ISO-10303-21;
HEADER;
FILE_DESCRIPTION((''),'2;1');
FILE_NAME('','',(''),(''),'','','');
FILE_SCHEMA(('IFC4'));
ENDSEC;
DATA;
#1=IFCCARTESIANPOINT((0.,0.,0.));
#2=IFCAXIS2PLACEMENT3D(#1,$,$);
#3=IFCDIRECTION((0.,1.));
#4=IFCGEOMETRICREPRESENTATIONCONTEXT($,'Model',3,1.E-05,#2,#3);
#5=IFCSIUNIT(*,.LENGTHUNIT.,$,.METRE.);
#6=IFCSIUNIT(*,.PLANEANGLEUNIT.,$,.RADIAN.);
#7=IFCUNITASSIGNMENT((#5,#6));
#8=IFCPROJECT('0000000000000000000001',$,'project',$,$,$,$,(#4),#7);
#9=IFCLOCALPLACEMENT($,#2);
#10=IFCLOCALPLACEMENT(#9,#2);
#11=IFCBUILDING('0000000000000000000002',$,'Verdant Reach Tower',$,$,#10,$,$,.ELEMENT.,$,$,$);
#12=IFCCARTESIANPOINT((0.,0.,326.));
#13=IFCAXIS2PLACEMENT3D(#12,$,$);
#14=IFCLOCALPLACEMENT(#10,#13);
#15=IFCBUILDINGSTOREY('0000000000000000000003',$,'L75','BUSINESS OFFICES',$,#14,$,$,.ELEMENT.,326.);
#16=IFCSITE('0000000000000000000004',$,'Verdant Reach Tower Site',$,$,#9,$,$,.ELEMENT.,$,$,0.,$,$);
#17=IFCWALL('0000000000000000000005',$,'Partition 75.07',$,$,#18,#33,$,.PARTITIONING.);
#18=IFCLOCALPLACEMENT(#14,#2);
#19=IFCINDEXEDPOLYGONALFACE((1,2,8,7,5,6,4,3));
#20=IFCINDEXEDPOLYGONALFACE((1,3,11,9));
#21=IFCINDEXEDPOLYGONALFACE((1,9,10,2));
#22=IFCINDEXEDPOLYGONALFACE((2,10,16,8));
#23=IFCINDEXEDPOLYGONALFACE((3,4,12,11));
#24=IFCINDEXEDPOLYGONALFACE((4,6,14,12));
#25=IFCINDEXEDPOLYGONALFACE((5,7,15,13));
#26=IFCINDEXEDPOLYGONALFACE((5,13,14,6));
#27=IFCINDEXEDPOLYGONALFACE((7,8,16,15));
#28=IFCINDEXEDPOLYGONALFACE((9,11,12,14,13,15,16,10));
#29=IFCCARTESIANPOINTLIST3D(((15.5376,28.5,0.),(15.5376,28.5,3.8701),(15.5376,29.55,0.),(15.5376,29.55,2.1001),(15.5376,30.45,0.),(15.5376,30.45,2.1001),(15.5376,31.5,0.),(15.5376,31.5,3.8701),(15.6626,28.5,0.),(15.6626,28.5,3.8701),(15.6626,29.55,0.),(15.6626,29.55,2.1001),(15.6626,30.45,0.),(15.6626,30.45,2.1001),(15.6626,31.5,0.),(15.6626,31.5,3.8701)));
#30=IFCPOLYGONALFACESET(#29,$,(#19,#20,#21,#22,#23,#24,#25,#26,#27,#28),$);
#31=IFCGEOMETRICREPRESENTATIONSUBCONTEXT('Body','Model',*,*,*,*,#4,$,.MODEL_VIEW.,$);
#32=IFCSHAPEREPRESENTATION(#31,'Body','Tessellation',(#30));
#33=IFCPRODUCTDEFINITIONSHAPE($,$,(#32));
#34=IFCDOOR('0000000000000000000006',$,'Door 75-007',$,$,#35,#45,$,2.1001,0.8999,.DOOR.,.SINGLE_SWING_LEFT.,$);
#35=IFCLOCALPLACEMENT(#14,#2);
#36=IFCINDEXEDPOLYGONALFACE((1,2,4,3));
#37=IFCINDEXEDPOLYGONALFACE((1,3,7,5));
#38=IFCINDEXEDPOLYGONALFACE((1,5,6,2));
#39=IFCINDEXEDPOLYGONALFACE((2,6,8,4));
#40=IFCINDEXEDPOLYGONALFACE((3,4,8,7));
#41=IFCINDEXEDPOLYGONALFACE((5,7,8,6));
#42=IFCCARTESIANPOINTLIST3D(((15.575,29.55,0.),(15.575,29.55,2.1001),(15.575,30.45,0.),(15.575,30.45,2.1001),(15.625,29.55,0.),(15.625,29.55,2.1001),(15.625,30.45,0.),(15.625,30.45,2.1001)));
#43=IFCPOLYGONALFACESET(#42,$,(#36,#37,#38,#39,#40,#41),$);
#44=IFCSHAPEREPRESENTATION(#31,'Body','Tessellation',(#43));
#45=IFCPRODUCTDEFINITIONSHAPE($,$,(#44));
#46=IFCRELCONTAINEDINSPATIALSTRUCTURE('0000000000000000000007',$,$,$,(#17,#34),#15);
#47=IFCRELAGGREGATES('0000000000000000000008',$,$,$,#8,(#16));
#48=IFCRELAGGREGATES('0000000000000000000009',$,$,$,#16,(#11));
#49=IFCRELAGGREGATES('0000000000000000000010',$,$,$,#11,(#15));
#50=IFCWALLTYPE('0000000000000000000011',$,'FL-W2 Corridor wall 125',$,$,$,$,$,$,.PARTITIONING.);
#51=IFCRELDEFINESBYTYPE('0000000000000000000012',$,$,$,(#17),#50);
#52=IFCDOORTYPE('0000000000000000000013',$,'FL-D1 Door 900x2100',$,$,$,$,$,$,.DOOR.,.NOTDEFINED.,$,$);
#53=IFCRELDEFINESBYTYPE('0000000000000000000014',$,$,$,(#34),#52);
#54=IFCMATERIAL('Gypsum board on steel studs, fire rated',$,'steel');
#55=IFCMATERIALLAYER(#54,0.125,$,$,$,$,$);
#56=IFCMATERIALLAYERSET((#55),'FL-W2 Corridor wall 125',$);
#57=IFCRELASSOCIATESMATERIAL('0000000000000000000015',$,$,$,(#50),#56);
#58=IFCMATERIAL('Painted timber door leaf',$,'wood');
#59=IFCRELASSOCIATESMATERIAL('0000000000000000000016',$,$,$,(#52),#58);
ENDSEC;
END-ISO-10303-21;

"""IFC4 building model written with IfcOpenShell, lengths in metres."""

from ifc_helpers import new_model, si_unit, direction, frame, frame_2d, origin, place, context, subcontext, project, spatial, rectangle, extrude, material, layer, layer_set, type_object, element, fill, save


model = new_model("IFC4")

# Units and contexts
model_context = context("Model", 3, precision=1e-05, world=origin(), true_north=direction((0.0, 1.0)))
body_context = subcontext(model_context, "Body", "Model", "MODEL_VIEW")
ifc_project = project(units=[si_unit("LENGTHUNIT", "METRE"), si_unit("PLANEANGLEUNIT", "RADIAN")], contexts=[model_context])

# Site, building, storey
site_placement = place(None, origin())
site = spatial("IfcSite", under=ifc_project, at=site_placement, Name="Verdant Reach Tower Site", CompositionType="ELEMENT", RefElevation=0.0)
building_placement = place(site_placement, origin())
building = spatial("IfcBuilding", under=site, at=building_placement, Name="Verdant Reach Tower", CompositionType="ELEMENT")
storey_placement = place(building_placement, frame((0.0, 0.0, 326.0)))
storey = spatial("IfcBuildingStorey", under=building, at=storey_placement, Name="L75", Description="BUSINESS OFFICES", CompositionType="ELEMENT", Elevation=326.0)

# Wall, opening, door
ifc_material_1 = material(Name="Gypsum board on steel studs, fire rated", Category="steel")
ifc_layer_1 = layer(ifc_material_1, 0.125)
ifc_layer_set_1 = layer_set([ifc_layer_1], Name="FL-W2 Corridor wall 125")
wall_type_1 = type_object("IfcWallType", Name="FL-W2 Corridor wall 125", PredefinedType="PARTITIONING", material=ifc_layer_set_1)
ifc_material_2 = material(Name="Painted timber door leaf", Category="wood")
door_type_1 = type_object("IfcDoorType", Name="FL-D1 Door 900x2100", OperationType="NOTDEFINED", PredefinedType="DOOR", material=ifc_material_2)
wall_1_placement = place(storey_placement, frame((15.6001, 31.5, 0.0), z_axis=(0.0, 0.0, 1.0), x_axis=(0.0, -1.0, 0.0)))
wall_1 = element("IfcWall", 1, at=wall_1_placement, inside=storey, type_object=wall_type_1, Name="Partition 75.07", PredefinedType="PARTITIONING", context=body_context, shape_type="SweptSolid", body=[
    extrude(rectangle(XDim=3.0, YDim=0.125, at=frame_2d((1.5, 0.0))), origin(), (0.0, 0.0, 1.0), 3.8701),
])
opening_1_placement = place(wall_1_placement, frame((1.05, 0.0, 0.0)))
opening_1 = element("IfcOpeningElement", 2, at=opening_1_placement, cuts=wall_1, PredefinedType="OPENING", context=body_context, shape_type="SweptSolid", body=[
    extrude(rectangle(XDim=0.8999, YDim=2.1001, at=frame_2d((0.45, 1.05))), frame((0.0, 0.0725, 0.0), z_axis=(0.0, -1.0, 0.0), x_axis=(1.0, 0.0, 0.0)), (0.0, 0.0, 1.0), 0.145),
])
door_1_placement = place(opening_1_placement, origin())
door_1 = element("IfcDoor", 3, at=door_1_placement, inside=storey, type_object=door_type_1, Name="Door 75-007", OperationType="SINGLE_SWING_LEFT", OverallHeight=2.1001, OverallWidth=0.8999, PredefinedType="DOOR", context=body_context, shape_type="SweptSolid", body=[
    extrude(rectangle(XDim=0.8999, YDim=2.1001, at=frame_2d((0.45, 1.05))), frame((0.0, 0.0249, 0.0), z_axis=(0.0, -1.0, 0.0), x_axis=(1.0, 0.0, 0.0)), (0.0, 0.0, 1.0), 0.05),
])
fill(opening_1, door_1)

save(model, "model.ifc")
